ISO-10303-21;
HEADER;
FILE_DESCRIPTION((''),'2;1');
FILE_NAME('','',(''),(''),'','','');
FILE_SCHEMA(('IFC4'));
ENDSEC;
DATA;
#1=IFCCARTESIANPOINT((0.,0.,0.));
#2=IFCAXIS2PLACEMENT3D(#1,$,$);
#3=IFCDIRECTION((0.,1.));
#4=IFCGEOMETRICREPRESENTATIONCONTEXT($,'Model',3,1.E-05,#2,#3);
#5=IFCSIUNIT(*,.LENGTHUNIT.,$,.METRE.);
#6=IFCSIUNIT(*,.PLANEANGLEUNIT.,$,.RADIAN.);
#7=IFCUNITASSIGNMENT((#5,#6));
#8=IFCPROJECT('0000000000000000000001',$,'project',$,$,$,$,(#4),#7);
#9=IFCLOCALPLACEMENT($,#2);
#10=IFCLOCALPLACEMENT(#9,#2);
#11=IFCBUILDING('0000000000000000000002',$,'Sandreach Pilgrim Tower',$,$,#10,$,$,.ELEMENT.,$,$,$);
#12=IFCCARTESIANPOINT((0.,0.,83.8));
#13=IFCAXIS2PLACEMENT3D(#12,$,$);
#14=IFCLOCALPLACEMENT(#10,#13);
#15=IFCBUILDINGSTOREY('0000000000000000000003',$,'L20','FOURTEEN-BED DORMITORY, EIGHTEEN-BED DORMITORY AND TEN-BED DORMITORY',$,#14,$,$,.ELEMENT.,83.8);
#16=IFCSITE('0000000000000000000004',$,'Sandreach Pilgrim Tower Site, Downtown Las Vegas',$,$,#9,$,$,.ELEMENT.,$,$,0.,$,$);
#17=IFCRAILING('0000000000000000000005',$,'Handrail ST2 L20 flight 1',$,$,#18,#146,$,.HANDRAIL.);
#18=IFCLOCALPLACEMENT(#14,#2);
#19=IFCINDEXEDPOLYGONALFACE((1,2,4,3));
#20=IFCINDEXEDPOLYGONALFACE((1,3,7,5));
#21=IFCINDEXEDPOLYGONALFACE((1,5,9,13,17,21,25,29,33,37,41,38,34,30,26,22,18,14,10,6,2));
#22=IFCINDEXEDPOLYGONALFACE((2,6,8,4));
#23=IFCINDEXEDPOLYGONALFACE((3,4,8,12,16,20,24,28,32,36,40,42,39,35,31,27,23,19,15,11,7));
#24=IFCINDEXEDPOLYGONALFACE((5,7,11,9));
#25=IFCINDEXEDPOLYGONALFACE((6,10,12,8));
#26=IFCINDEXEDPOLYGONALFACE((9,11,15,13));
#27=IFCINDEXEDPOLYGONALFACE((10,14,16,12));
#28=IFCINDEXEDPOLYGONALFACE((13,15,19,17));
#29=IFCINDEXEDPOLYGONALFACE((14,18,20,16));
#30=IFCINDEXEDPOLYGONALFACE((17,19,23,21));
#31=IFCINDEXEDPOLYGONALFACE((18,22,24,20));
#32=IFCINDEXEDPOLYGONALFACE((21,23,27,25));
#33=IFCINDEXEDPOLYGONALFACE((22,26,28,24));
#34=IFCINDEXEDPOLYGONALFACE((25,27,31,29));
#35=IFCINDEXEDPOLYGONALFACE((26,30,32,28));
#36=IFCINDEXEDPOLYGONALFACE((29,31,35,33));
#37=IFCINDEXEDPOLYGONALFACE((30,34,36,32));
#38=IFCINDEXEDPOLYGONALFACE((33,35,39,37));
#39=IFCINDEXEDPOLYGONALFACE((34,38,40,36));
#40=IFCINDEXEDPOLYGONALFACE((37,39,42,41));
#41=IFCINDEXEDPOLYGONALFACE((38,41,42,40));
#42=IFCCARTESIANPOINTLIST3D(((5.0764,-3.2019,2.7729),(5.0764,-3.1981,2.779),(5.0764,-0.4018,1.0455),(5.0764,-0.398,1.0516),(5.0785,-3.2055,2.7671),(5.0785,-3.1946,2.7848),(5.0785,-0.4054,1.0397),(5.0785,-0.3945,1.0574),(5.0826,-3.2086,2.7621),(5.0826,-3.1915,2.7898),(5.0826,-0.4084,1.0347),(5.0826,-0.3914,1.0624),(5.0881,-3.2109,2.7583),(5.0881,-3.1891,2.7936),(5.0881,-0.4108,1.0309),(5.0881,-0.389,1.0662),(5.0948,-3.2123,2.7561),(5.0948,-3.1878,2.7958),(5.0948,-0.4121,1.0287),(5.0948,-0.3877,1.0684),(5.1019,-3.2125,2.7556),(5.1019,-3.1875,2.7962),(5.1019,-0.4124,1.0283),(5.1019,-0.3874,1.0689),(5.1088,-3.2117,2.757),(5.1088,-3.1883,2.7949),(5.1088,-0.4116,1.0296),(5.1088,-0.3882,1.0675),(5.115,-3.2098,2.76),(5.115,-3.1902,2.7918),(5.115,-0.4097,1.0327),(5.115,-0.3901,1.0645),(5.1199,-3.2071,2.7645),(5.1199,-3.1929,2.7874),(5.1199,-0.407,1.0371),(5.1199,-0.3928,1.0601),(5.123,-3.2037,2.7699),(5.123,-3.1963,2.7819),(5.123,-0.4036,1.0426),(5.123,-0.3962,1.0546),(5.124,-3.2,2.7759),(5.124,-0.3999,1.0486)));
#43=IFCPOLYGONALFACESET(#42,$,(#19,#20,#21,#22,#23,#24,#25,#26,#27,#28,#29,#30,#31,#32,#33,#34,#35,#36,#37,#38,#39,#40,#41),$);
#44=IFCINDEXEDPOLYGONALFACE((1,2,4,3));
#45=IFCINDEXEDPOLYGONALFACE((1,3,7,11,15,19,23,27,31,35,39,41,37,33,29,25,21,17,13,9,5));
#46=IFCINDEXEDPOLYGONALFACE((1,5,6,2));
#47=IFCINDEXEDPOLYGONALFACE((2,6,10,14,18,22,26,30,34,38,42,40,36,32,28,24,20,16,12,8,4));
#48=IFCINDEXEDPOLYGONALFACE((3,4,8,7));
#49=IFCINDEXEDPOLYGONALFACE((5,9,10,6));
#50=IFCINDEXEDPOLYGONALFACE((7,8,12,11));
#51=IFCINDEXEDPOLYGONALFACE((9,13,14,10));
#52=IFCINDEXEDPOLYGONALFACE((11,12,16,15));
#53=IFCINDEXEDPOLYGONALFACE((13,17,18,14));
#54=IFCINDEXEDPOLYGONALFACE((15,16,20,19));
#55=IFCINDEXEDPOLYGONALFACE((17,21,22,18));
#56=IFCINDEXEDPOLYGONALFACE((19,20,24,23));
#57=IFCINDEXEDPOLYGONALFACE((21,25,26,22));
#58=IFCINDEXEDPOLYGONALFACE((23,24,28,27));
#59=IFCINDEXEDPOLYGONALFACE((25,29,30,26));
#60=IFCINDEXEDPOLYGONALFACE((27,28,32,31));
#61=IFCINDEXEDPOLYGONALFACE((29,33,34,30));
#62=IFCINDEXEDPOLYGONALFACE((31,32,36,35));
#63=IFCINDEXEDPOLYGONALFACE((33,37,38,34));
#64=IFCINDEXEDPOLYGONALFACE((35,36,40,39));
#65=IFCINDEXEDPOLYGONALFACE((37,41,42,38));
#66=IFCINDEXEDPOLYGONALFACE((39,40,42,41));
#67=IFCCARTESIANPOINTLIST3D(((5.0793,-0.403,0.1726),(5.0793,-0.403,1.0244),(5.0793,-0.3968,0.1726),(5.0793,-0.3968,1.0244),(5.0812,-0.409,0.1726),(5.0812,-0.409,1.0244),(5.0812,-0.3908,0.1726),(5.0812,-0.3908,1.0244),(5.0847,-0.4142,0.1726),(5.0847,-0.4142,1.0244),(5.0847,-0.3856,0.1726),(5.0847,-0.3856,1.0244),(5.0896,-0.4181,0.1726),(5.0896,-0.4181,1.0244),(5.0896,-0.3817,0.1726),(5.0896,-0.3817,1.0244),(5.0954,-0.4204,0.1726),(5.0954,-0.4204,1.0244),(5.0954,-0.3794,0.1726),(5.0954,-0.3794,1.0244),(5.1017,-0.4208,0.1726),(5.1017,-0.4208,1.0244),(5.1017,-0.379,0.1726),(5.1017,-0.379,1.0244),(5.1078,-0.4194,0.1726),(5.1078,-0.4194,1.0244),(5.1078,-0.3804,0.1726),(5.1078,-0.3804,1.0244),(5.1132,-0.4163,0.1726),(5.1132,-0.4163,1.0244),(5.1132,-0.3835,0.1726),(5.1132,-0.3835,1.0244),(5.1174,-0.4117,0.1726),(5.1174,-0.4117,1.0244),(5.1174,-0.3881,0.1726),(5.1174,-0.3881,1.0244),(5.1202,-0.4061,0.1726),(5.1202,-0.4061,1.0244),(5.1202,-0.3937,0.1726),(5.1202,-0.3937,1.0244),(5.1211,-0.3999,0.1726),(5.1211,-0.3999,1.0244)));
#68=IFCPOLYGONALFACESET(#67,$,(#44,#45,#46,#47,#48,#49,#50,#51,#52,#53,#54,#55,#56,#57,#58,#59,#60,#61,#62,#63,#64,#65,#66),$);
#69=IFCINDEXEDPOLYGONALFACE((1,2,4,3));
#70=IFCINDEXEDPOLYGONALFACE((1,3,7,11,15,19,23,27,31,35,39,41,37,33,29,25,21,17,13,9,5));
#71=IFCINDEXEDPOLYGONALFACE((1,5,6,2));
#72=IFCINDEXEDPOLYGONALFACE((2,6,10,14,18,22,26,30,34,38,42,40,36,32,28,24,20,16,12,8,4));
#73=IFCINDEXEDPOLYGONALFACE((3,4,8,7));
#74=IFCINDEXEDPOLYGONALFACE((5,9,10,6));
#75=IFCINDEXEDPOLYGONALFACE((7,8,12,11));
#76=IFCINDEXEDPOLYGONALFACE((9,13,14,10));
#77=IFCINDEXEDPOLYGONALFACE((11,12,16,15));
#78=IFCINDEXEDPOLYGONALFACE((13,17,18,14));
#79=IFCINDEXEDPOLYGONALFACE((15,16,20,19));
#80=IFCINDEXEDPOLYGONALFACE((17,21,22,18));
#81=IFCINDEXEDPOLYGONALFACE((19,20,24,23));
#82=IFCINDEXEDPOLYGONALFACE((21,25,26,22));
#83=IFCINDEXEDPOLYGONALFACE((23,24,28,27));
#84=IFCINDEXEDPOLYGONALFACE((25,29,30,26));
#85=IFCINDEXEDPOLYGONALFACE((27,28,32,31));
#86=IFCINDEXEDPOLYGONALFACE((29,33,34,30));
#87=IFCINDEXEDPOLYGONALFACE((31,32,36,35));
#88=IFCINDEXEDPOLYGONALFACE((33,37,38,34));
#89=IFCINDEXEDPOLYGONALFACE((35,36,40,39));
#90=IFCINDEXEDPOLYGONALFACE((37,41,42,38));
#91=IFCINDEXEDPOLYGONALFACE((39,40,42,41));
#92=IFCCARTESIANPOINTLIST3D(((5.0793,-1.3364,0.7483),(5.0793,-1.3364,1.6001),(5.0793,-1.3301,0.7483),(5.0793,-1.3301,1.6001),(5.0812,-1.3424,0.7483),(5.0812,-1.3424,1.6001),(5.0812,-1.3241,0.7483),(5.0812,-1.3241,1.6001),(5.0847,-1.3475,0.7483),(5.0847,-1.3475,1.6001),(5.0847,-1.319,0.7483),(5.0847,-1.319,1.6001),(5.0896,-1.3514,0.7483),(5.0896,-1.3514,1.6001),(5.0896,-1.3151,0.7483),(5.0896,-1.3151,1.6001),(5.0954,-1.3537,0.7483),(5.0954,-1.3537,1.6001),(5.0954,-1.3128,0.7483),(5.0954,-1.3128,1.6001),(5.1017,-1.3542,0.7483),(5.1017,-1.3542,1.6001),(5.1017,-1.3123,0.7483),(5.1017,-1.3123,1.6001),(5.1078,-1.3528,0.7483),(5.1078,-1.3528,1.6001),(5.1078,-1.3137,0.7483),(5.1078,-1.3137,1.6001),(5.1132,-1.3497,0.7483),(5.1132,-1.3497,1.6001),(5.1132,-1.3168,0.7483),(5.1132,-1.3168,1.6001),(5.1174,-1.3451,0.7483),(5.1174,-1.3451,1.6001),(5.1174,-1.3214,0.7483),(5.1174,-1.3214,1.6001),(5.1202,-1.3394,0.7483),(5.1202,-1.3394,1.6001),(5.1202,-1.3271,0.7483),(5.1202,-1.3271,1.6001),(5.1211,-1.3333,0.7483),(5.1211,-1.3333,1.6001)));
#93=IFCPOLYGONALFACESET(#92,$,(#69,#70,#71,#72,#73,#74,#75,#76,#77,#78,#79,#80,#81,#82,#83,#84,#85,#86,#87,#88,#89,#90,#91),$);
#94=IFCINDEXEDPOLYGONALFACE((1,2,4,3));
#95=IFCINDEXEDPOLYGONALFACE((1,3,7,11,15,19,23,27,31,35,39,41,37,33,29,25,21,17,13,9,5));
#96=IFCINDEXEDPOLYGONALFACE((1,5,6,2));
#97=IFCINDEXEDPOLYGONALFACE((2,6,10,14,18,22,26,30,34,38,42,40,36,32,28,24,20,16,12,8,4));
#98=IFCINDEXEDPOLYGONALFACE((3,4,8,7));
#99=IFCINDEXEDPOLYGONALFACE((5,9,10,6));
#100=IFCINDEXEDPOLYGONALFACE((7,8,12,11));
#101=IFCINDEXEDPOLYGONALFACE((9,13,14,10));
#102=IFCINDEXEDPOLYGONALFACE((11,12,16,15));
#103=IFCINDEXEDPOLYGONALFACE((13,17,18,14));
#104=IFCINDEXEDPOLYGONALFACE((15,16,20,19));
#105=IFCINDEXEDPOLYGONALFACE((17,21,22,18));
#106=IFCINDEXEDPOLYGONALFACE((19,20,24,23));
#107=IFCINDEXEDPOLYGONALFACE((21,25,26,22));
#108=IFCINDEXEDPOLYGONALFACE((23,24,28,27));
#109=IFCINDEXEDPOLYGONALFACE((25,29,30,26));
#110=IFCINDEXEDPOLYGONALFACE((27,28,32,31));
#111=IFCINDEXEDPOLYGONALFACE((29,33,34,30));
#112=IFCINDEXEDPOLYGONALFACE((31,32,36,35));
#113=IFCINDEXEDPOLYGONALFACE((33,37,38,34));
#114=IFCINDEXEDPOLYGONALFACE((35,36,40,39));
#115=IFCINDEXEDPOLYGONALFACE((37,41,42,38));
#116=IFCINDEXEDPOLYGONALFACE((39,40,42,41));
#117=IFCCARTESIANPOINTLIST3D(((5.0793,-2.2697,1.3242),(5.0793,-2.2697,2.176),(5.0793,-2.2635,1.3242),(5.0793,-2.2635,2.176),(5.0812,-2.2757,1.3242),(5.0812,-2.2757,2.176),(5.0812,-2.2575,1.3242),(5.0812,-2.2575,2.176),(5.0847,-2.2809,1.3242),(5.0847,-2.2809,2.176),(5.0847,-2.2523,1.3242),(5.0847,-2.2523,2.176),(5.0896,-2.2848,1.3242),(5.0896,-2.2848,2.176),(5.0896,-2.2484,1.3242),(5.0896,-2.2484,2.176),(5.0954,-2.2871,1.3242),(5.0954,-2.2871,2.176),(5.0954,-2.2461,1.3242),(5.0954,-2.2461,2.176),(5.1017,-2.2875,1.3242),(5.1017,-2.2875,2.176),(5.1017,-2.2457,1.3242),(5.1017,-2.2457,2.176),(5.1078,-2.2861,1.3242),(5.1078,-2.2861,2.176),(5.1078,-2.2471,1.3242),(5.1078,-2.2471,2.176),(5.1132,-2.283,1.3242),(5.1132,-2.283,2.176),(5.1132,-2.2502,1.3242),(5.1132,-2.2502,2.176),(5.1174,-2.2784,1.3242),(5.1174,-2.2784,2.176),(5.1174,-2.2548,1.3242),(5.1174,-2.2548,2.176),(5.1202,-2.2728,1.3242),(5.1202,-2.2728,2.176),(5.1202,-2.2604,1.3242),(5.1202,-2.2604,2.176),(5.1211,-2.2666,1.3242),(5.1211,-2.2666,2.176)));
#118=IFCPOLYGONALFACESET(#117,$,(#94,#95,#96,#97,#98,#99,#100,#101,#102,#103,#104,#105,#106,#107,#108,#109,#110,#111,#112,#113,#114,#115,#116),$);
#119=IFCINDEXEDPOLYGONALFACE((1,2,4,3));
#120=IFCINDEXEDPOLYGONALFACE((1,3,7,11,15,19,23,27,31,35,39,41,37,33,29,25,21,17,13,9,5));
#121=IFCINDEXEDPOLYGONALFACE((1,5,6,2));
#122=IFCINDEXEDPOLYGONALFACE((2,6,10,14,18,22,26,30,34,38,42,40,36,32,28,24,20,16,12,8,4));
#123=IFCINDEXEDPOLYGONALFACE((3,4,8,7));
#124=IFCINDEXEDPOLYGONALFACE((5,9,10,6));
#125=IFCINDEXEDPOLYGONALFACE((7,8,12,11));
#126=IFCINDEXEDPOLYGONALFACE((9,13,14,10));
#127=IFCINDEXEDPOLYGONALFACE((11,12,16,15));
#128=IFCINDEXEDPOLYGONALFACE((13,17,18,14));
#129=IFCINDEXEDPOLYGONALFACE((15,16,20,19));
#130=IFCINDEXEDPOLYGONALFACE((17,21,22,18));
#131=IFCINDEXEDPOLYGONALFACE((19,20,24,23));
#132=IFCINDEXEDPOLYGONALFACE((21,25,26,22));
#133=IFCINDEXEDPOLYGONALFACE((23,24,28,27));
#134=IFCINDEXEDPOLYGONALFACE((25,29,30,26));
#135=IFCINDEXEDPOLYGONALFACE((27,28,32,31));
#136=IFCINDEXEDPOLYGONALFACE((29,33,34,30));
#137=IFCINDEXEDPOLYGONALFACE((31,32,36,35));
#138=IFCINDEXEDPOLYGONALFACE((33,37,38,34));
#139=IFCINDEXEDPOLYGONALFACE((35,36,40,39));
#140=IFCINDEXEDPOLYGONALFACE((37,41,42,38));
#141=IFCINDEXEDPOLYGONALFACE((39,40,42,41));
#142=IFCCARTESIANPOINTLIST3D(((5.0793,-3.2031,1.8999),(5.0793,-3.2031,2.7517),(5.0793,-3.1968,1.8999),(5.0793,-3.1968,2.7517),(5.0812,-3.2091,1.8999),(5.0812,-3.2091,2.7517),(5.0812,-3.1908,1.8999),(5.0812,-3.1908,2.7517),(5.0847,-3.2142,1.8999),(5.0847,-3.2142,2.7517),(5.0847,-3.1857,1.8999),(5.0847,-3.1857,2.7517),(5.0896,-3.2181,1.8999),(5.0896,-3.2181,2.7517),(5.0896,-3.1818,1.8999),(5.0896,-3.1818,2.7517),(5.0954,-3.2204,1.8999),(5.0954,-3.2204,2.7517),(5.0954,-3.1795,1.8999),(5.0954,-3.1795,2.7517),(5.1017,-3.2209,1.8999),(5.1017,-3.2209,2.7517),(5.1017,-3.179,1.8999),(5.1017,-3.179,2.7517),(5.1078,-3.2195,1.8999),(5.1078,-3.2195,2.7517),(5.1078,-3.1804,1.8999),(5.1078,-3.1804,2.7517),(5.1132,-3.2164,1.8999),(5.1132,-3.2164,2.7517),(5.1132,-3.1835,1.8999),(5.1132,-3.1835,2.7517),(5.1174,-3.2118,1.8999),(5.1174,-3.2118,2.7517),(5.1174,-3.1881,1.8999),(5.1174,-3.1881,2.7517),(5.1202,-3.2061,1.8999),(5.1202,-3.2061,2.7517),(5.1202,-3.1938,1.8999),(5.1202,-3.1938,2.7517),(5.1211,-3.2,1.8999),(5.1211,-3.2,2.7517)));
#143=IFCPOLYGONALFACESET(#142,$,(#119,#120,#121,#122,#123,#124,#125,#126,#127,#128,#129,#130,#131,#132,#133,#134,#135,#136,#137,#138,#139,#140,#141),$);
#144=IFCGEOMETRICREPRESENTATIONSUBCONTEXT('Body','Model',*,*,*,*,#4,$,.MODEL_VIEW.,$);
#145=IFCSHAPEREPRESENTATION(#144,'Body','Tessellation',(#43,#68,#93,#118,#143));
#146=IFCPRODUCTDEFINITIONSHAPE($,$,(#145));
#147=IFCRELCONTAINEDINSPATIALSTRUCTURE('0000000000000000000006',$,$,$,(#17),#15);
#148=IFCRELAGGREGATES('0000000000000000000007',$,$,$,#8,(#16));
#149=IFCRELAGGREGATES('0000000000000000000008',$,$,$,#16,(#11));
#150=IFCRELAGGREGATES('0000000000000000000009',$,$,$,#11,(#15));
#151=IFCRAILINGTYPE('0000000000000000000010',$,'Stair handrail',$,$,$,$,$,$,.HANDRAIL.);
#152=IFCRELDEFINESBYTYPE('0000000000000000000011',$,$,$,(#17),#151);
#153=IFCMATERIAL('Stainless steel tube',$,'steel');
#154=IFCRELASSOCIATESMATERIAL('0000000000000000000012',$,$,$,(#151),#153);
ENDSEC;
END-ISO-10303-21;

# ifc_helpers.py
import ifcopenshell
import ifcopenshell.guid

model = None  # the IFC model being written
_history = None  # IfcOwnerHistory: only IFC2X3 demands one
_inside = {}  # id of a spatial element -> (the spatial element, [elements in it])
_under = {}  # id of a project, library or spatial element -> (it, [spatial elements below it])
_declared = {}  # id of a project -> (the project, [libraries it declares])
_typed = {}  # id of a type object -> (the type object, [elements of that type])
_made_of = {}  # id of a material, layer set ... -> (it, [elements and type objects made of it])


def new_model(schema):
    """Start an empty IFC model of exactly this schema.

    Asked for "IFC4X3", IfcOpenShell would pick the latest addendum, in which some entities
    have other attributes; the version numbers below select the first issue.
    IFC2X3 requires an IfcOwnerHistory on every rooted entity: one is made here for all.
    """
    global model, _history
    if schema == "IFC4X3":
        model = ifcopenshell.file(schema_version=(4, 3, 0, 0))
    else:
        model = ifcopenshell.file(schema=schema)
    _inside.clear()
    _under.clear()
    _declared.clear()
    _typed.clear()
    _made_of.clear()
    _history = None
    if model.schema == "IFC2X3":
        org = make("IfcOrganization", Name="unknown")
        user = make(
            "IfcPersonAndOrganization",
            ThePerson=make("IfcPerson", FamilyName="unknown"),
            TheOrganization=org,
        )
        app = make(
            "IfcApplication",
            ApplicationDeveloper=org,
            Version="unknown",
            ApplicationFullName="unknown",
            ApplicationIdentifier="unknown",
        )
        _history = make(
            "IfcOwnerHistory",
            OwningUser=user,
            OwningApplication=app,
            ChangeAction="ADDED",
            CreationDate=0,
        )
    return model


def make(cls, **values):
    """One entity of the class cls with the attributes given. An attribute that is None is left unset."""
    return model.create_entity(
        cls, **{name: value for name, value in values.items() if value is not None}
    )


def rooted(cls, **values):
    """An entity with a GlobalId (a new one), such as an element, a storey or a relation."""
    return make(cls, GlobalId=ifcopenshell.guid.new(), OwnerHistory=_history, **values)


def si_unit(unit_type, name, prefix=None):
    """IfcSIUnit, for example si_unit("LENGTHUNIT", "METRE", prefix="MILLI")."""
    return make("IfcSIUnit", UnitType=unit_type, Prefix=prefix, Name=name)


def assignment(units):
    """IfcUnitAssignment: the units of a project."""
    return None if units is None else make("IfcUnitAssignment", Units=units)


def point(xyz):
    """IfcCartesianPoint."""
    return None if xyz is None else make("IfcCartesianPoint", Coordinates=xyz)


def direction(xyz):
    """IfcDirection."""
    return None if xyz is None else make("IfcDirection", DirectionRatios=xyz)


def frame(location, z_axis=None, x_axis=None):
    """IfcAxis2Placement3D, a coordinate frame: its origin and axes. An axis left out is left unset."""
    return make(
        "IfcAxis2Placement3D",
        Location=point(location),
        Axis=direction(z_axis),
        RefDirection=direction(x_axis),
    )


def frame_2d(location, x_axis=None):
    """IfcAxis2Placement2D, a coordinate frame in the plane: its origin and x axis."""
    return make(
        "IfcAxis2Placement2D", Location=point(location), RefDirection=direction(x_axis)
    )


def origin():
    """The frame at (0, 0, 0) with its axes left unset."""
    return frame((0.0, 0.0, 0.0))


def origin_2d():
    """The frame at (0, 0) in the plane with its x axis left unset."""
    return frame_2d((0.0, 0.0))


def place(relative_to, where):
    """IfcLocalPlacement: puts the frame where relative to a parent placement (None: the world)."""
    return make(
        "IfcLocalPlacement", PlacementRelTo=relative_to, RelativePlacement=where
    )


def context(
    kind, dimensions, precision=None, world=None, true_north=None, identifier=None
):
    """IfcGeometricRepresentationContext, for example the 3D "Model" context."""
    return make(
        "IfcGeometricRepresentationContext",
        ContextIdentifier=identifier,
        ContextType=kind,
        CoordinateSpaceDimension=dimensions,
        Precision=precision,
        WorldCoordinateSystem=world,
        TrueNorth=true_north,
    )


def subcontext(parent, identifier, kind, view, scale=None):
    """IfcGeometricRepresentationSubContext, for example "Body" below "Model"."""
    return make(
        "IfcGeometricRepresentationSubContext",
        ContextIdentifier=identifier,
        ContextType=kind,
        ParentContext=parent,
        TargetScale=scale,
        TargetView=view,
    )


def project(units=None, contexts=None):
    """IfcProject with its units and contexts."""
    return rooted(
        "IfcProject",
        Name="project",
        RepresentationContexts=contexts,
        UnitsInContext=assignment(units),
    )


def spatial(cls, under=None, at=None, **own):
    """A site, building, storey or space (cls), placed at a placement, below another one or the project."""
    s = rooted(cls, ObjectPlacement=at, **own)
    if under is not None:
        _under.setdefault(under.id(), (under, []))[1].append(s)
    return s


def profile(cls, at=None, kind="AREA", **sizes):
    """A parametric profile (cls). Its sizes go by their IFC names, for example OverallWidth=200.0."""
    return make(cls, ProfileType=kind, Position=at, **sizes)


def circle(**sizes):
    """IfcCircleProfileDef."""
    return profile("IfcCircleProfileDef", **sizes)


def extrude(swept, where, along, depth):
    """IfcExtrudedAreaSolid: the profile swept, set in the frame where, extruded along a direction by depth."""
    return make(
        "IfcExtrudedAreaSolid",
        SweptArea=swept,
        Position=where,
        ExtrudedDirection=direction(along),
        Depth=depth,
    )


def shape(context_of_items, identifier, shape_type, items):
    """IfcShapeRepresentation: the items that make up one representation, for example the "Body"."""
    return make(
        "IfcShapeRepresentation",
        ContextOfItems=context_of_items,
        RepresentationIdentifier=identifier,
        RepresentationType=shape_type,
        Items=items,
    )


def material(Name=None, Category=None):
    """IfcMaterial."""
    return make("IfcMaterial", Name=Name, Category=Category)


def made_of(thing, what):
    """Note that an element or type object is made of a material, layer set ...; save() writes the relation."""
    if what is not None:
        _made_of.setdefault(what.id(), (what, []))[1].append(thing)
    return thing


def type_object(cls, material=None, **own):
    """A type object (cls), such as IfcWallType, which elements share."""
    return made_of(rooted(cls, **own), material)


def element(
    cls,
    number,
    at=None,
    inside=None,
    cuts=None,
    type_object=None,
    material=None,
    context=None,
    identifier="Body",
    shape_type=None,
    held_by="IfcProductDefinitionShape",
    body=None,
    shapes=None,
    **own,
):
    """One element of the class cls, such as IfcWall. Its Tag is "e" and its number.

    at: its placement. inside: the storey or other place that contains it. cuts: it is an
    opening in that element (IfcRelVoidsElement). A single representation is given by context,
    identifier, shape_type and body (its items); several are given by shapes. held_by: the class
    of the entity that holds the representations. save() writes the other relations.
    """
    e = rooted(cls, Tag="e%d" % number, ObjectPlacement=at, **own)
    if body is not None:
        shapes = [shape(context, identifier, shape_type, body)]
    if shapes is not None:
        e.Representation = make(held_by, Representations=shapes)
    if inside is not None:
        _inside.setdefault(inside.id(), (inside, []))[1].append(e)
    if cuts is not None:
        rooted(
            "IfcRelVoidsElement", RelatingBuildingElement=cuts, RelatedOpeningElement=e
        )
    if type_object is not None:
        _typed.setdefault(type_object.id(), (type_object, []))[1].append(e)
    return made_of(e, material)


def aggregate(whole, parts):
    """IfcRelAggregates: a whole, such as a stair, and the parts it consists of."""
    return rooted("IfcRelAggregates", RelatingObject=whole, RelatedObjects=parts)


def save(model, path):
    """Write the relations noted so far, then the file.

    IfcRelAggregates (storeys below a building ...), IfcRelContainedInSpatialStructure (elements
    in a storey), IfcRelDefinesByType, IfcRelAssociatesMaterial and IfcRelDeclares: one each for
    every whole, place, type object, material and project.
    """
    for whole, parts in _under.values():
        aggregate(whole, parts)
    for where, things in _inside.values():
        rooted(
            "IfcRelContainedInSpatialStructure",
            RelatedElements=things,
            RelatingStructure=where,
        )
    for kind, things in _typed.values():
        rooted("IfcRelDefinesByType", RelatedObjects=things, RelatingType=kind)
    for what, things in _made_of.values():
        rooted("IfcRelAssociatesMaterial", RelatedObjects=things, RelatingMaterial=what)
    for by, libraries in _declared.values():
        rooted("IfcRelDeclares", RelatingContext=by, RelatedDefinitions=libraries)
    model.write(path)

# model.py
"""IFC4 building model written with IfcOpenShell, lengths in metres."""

from ifc_helpers import new_model, si_unit, direction, frame, origin, origin_2d, place, context, subcontext, project, spatial, circle, extrude, material, type_object, element, save


model = new_model("IFC4")

# Units and contexts
model_context = context("Model", 3, precision=1e-05, world=origin(), true_north=direction((0.0, 1.0)))
body_context = subcontext(model_context, "Body", "Model", "MODEL_VIEW")
ifc_project = project(units=[si_unit("LENGTHUNIT", "METRE"), si_unit("PLANEANGLEUNIT", "RADIAN")], contexts=[model_context])

# Site, building, storey
site_placement = place(None, origin())
site = spatial("IfcSite", under=ifc_project, at=site_placement, Name="Sandreach Pilgrim Tower Site, Downtown Las Vegas", CompositionType="ELEMENT", RefElevation=0.0)
building_placement = place(site_placement, origin())
building = spatial("IfcBuilding", under=site, at=building_placement, Name="Sandreach Pilgrim Tower", CompositionType="ELEMENT")
storey_placement = place(building_placement, frame((0.0, 0.0, 83.8)))
storey = spatial("IfcBuildingStorey", under=building, at=storey_placement, Name="L20", Description="FOURTEEN-BED DORMITORY, EIGHTEEN-BED DORMITORY AND TEN-BED DORMITORY", CompositionType="ELEMENT", Elevation=83.8)

# Railing
ifc_material_1 = material(Name="Stainless steel tube", Category="steel")
railing_type = type_object("IfcRailingType", Name="Stair handrail", PredefinedType="HANDRAIL", material=ifc_material_1)
railing_placement = place(storey_placement, frame((5.1001, -0.3999, 0.1726)))
element("IfcRailing", 1, at=railing_placement, inside=storey, type_object=railing_type, Name="Handrail ST2 L20 flight 1", PredefinedType="HANDRAIL", context=body_context, shape_type="SweptSolid", body=[
    extrude(circle(Radius=0.0239, at=origin_2d()), frame((0.0, 0.0, 0.876), z_axis=(0.0, -0.85109, 0.52502), x_axis=(1.0, 0.0, 0.0)), (0.0, 0.0, 1.0), 3.29),
    extrude(circle(Radius=0.021, at=origin_2d()), origin(), (0.0, 0.0, 1.0), 0.8518),
    extrude(circle(Radius=0.021, at=origin_2d()), frame((0.0, -0.9333, 0.5757)), (0.0, 0.0, 1.0), 0.8518),
    extrude(circle(Radius=0.021, at=origin_2d()), frame((0.0, -1.8667, 1.1516)), (0.0, 0.0, 1.0), 0.8518),
    extrude(circle(Radius=0.021, at=origin_2d()), frame((0.0, -2.8, 1.7273)), (0.0, 0.0, 1.0), 0.8518),
])

save(model, "model.ifc")
